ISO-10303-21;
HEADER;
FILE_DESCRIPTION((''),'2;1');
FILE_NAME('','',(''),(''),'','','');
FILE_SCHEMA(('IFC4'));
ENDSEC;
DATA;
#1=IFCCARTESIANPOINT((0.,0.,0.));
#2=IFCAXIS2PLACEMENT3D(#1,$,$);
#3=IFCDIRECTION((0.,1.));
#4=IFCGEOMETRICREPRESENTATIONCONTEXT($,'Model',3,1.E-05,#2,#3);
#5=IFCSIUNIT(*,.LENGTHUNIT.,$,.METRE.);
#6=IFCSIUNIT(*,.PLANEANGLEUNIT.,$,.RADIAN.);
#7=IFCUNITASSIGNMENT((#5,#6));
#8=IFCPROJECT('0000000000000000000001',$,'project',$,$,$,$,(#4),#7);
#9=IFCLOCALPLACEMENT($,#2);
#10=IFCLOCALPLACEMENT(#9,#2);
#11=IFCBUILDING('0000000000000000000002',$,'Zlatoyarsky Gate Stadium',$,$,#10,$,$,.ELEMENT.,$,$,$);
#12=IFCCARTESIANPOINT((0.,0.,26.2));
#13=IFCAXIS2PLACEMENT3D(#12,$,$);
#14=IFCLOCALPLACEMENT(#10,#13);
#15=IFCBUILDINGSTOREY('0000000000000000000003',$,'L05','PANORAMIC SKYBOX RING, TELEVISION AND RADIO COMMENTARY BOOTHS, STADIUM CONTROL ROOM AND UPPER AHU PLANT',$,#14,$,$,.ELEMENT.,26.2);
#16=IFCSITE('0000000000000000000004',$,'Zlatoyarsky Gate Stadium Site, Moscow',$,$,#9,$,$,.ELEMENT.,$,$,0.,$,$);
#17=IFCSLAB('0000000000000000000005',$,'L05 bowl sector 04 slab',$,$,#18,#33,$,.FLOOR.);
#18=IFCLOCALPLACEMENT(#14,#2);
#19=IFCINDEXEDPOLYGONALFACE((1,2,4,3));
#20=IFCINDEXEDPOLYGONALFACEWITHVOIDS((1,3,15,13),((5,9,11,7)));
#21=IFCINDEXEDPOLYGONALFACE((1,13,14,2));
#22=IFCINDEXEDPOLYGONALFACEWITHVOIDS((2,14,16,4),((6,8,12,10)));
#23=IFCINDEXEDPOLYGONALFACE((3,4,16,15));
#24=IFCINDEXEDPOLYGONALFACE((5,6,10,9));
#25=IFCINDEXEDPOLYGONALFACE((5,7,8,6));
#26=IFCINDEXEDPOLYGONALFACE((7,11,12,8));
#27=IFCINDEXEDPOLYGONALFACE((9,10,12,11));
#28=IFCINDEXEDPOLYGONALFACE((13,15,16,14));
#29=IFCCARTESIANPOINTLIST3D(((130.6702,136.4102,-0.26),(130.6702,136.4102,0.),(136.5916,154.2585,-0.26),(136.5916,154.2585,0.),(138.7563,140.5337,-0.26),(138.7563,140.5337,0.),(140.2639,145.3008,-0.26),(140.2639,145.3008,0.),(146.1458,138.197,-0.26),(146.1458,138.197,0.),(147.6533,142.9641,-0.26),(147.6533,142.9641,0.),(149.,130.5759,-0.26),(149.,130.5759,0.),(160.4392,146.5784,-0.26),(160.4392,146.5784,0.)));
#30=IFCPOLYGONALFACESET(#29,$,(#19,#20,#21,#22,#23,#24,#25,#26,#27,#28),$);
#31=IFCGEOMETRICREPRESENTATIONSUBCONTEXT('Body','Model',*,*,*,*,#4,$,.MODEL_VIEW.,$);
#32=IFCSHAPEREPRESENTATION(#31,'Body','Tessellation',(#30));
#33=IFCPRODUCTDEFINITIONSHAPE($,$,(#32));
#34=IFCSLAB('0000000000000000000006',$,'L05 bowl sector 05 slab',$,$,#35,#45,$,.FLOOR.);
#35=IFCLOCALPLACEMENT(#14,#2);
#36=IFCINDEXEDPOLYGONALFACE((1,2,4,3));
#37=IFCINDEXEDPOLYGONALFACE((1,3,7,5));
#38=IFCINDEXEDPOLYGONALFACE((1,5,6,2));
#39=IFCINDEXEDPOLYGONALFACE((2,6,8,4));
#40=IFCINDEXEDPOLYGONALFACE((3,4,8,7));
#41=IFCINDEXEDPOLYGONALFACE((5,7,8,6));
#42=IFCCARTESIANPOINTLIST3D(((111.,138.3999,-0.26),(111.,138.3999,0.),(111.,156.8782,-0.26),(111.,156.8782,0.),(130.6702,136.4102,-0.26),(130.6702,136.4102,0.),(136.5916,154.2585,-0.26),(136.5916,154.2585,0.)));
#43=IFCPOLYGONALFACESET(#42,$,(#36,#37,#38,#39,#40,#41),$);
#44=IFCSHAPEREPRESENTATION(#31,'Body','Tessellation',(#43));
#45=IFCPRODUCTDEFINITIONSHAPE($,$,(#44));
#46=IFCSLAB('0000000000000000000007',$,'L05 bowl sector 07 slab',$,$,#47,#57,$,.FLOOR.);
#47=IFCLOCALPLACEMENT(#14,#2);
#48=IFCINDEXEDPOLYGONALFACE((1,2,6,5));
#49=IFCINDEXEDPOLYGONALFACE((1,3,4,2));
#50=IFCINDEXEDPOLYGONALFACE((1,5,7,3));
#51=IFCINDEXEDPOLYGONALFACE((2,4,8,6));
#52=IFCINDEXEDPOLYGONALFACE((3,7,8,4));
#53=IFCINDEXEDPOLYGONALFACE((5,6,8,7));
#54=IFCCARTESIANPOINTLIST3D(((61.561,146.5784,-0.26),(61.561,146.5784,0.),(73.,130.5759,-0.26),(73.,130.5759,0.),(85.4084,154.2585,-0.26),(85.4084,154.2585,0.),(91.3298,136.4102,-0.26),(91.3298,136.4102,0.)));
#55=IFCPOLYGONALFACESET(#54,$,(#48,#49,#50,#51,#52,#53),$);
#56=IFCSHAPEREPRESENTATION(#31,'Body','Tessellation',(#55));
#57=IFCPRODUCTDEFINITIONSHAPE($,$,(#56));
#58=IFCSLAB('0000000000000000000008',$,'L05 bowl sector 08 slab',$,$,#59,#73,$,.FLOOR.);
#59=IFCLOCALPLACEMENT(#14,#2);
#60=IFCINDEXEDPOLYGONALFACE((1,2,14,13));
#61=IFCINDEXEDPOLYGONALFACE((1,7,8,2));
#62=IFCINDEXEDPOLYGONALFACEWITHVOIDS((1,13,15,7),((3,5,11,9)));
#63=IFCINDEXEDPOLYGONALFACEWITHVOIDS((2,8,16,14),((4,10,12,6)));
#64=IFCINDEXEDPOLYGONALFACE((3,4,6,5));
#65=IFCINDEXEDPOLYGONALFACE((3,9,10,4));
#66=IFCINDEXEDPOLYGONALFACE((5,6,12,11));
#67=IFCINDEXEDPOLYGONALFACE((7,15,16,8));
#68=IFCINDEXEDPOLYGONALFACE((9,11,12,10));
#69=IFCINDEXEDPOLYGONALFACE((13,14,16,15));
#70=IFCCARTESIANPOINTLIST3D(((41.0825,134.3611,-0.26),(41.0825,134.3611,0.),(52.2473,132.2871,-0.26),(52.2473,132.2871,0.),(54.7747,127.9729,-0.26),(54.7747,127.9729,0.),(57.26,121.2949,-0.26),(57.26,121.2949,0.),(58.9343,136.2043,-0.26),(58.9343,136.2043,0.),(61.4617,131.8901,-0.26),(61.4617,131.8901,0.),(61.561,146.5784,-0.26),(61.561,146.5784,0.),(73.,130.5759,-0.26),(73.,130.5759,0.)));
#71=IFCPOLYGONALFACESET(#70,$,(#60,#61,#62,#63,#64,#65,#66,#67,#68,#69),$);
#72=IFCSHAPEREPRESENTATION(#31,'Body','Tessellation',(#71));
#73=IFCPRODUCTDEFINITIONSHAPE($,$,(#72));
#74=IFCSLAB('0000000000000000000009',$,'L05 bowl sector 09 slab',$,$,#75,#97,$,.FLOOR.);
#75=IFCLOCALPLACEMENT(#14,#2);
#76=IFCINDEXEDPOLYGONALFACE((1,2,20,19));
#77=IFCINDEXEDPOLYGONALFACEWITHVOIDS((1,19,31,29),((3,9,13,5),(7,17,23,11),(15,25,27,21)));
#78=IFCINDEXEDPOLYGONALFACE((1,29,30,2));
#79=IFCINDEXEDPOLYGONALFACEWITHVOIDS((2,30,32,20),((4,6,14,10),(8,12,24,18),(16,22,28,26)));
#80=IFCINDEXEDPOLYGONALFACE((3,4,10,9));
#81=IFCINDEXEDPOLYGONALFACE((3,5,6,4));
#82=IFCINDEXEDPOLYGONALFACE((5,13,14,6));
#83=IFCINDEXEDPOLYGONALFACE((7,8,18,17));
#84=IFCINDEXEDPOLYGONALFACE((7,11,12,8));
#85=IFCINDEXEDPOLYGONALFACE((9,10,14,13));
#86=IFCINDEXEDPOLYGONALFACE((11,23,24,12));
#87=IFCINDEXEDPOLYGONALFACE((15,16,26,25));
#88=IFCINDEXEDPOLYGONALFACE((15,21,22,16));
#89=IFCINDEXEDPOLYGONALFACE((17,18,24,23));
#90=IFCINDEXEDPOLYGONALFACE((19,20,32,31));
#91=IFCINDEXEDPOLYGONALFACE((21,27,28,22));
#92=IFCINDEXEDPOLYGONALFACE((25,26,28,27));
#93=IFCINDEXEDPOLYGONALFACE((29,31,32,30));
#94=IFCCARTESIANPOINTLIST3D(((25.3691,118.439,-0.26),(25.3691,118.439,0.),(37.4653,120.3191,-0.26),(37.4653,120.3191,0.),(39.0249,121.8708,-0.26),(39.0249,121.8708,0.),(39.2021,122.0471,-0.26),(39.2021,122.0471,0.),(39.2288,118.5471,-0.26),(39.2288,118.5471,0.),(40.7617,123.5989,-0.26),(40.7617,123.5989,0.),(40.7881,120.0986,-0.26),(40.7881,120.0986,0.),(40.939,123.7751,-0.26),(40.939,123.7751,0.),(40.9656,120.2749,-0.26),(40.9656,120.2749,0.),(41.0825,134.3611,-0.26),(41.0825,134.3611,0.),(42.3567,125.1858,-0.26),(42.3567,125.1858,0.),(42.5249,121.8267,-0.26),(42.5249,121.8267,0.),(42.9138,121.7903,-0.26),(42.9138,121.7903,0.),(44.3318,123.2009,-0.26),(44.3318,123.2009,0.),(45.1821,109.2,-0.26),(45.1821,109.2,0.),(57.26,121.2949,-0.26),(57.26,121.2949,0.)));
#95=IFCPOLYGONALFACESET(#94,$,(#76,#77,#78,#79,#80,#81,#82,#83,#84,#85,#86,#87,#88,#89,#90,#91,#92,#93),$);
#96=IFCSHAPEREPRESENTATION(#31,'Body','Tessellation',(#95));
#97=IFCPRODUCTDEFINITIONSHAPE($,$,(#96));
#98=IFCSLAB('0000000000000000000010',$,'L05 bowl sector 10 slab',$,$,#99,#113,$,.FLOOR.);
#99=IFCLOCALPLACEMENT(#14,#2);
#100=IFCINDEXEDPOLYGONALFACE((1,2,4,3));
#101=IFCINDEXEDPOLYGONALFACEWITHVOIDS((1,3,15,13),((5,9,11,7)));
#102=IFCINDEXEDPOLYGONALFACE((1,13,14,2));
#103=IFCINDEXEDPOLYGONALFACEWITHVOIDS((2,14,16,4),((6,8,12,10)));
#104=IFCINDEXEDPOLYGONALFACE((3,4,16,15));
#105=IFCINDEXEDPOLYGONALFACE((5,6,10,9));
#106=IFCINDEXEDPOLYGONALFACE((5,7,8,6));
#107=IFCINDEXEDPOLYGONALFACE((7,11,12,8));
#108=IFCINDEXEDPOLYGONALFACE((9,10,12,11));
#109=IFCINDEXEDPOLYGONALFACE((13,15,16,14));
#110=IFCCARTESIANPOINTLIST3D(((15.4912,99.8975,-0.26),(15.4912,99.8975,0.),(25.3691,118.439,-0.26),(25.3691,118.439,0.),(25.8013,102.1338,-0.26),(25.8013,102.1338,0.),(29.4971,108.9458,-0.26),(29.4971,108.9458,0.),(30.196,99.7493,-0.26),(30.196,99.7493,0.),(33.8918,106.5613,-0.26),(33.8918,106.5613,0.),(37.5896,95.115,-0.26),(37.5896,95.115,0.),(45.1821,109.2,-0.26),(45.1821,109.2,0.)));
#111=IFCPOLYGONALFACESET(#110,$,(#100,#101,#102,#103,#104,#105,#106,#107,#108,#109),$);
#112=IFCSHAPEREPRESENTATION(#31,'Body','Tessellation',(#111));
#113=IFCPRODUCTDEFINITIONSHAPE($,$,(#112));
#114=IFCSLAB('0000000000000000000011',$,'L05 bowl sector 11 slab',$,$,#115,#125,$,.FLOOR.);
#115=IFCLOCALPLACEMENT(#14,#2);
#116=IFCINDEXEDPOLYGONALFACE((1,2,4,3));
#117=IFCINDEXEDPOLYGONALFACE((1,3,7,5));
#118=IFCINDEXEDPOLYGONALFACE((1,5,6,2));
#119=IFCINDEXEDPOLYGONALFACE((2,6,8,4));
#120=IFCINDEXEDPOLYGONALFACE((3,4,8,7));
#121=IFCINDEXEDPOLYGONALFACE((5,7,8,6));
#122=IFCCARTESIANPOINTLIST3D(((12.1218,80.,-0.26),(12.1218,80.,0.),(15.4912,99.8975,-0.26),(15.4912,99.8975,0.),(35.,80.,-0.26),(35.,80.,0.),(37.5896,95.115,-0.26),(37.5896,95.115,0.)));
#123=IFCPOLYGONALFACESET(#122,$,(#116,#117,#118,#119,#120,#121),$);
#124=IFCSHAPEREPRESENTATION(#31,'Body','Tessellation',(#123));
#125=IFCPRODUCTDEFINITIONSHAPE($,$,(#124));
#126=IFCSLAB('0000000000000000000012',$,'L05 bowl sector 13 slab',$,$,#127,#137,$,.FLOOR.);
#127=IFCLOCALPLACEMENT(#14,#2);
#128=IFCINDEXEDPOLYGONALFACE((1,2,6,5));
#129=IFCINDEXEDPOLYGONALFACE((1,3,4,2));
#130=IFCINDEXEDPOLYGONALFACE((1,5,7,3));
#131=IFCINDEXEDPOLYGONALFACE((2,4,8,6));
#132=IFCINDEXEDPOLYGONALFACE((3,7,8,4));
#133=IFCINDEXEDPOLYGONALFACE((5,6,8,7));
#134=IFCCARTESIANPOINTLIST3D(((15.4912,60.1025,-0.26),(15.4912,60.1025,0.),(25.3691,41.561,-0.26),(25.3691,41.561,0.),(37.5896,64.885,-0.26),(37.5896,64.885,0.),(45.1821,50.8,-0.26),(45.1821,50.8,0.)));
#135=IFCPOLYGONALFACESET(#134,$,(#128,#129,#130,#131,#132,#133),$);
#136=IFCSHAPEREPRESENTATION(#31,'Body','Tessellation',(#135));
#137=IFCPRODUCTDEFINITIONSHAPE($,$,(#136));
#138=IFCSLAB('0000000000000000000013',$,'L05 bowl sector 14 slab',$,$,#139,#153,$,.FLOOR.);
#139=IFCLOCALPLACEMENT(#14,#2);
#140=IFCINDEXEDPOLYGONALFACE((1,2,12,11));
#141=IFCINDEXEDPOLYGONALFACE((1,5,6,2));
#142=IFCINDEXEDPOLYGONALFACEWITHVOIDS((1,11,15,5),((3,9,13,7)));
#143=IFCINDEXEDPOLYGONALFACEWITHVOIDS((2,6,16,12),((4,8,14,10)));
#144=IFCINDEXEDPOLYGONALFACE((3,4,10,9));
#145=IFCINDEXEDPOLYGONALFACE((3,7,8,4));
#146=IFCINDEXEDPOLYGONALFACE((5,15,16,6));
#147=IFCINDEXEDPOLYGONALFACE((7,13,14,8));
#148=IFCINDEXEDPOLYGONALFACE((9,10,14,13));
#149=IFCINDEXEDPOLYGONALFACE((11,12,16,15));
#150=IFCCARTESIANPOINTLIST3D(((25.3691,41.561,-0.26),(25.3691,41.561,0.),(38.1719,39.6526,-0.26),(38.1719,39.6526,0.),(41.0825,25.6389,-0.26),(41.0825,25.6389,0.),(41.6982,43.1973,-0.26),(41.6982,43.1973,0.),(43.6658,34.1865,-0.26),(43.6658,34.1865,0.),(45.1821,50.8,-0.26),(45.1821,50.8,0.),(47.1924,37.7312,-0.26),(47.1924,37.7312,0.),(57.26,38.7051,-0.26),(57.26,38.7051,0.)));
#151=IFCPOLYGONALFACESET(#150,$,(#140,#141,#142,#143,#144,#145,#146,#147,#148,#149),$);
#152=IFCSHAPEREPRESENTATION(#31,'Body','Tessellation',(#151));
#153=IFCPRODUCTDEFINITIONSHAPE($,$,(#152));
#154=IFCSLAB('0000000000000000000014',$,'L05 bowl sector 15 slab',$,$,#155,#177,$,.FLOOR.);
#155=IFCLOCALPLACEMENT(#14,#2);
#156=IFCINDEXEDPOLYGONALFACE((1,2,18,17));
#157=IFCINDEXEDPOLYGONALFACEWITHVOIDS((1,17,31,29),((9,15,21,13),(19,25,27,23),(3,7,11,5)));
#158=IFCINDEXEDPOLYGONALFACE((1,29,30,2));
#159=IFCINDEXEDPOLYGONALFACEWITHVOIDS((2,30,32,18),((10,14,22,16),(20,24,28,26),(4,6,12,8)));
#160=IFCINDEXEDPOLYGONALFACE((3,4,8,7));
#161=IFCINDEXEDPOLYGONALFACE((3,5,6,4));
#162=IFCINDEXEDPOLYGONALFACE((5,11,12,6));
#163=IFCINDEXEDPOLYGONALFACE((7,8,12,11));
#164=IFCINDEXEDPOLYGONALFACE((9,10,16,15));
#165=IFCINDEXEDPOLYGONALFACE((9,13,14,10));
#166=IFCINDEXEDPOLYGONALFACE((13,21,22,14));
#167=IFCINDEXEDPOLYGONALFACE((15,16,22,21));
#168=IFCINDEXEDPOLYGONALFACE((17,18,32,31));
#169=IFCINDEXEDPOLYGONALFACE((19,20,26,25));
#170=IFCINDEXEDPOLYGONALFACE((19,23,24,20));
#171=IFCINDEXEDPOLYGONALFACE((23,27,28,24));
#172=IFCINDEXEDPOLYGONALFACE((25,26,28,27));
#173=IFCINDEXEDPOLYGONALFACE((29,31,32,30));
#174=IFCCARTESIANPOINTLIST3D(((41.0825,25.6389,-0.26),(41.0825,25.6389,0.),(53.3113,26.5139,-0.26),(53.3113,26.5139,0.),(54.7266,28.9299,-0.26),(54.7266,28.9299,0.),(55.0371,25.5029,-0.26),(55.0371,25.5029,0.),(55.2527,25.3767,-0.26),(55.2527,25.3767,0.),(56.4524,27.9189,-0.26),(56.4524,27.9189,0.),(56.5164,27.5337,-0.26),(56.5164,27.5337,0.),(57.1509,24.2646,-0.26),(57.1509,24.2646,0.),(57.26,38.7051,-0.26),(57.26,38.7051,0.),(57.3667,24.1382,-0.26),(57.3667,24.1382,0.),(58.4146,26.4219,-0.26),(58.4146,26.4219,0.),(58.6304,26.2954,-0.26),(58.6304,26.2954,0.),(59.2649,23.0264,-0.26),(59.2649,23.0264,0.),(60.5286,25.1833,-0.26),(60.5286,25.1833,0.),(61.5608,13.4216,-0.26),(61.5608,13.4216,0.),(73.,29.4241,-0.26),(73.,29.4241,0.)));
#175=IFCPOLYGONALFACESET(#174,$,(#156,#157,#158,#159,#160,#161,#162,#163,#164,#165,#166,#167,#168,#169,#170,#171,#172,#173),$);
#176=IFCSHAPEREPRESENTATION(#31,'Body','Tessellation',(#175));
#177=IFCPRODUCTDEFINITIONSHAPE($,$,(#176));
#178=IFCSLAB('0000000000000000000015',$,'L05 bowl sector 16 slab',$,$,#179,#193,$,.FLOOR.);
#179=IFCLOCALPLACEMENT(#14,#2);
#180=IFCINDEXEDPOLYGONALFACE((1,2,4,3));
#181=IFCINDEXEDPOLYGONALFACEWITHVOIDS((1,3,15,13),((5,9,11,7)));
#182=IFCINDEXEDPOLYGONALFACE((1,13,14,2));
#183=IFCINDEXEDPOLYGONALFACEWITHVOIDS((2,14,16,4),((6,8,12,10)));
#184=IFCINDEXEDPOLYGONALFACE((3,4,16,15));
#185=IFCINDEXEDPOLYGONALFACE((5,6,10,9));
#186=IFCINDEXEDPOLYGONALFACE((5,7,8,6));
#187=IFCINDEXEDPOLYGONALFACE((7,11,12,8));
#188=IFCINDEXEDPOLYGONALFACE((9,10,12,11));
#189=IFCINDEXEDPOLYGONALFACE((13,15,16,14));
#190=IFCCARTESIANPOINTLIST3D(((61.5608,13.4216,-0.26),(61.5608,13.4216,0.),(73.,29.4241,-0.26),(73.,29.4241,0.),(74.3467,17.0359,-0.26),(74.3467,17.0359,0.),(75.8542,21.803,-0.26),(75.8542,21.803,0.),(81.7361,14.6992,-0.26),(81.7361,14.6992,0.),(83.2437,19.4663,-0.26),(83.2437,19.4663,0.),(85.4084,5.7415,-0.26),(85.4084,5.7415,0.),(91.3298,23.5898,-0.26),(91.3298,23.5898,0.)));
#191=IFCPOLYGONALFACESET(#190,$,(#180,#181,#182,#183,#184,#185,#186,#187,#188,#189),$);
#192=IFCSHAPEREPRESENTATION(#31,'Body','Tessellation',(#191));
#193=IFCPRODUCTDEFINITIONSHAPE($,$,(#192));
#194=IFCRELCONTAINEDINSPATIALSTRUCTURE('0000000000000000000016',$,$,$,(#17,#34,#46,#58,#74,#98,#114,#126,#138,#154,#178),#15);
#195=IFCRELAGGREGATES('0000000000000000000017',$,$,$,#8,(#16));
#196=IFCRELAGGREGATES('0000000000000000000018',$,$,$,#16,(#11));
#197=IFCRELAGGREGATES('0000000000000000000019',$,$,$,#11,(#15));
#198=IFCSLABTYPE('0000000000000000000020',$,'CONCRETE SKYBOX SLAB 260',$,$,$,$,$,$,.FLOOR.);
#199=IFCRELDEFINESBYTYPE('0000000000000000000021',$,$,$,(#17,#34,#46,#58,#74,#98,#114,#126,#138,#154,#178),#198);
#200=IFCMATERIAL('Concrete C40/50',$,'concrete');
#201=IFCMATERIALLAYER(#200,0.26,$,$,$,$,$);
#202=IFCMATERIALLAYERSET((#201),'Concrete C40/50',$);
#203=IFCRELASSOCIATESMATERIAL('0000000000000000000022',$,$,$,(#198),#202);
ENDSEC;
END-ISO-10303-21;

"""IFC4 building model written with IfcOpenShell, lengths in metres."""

from ifc_helpers import new_model, si_unit, direction, frame, origin, place, context, subcontext, project, spatial, polyline, outline, extrude, material, layer, layer_set, type_object, element, save


model = new_model("IFC4")

# Units and contexts
model_context = context("Model", 3, precision=1e-05, world=origin(), true_north=direction((0.0, 1.0)))
body_context = subcontext(model_context, "Body", "Model", "MODEL_VIEW")
ifc_project = project(units=[si_unit("LENGTHUNIT", "METRE"), si_unit("PLANEANGLEUNIT", "RADIAN")], contexts=[model_context])

# Site, building, storey
site_placement = place(None, origin())
site = spatial("IfcSite", under=ifc_project, at=site_placement, Name="Zlatoyarsky Gate Stadium Site, Moscow", CompositionType="ELEMENT", RefElevation=0.0)
building_placement = place(site_placement, origin())
building = spatial("IfcBuilding", under=site, at=building_placement, Name="Zlatoyarsky Gate Stadium", CompositionType="ELEMENT")
storey_placement = place(building_placement, frame((0.0, 0.0, 26.2)))
storey = spatial("IfcBuildingStorey", under=building, at=storey_placement, Name="L05", Description="PANORAMIC SKYBOX RING, TELEVISION AND RADIO COMMENTARY BOOTHS, STADIUM CONTROL ROOM AND UPPER AHU PLANT", CompositionType="ELEMENT", Elevation=26.2)

# Shared definitions
ifc_material_1 = material(Name="Concrete C40/50", Category="concrete")

# Slabs
ifc_layer_1 = layer(ifc_material_1, 0.26)
ifc_layer_set_1 = layer_set([ifc_layer_1], Name="Concrete C40/50")
slab_type_1 = type_object("IfcSlabType", Name="CONCRETE SKYBOX SLAB 260", PredefinedType="FLOOR", material=ifc_layer_set_1)
slab_1_placement = place(storey_placement, frame((0.0, 0.0, -0.26)))
element("IfcSlab", 1, at=slab_1_placement, inside=storey, type_object=slab_type_1, Name="L05 bowl sector 04 slab", PredefinedType="FLOOR", context=body_context, shape_type="SweptSolid", body=[
    extrude(outline(polyline([(130.6702, 136.4102), (136.5916, 154.2585), (160.4392, 146.5784), (149.0, 130.5759), (130.6702, 136.4102)]), holes=[polyline([(147.6533, 142.9641), (140.2639, 145.3008), (138.7563, 140.5337), (146.1458, 138.197), (147.6533, 142.9641)])]), origin(), (0.0, 0.0, 1.0), 0.26),
])
slab_2_placement = place(storey_placement, frame((0.0, 0.0, -0.26)))
element("IfcSlab", 2, at=slab_2_placement, inside=storey, type_object=slab_type_1, Name="L05 bowl sector 05 slab", PredefinedType="FLOOR", context=body_context, shape_type="SweptSolid", body=[
    extrude(outline(polyline([(111.0, 138.3999), (111.0, 156.8782), (136.5916, 154.2585), (130.6702, 136.4102), (111.0, 138.3999)])), origin(), (0.0, 0.0, 1.0), 0.26),
])
slab_3_placement = place(storey_placement, frame((0.0, 0.0, -0.26)))
element("IfcSlab", 3, at=slab_3_placement, inside=storey, type_object=slab_type_1, Name="L05 bowl sector 07 slab", PredefinedType="FLOOR", context=body_context, shape_type="SweptSolid", body=[
    extrude(outline(polyline([(73.0, 130.5759), (61.561, 146.5784), (85.4084, 154.2585), (91.3298, 136.4102), (73.0, 130.5759)])), origin(), (0.0, 0.0, 1.0), 0.26),
])
slab_4_placement = place(storey_placement, frame((0.0, 0.0, -0.26)))
element("IfcSlab", 4, at=slab_4_placement, inside=storey, type_object=slab_type_1, Name="L05 bowl sector 08 slab", PredefinedType="FLOOR", context=body_context, shape_type="SweptSolid", body=[
    extrude(outline(polyline([(57.26, 121.2949), (41.0825, 134.3611), (61.561, 146.5784), (73.0, 130.5759), (57.26, 121.2949)]), holes=[polyline([(58.9343, 136.2043), (52.2473, 132.2871), (54.7747, 127.9729), (61.4617, 131.8901), (58.9343, 136.2043)])]), origin(), (0.0, 0.0, 1.0), 0.26),
])
slab_5_placement = place(storey_placement, frame((0.0, 0.0, -0.26)))
element("IfcSlab", 5, at=slab_5_placement, inside=storey, type_object=slab_type_1, Name="L05 bowl sector 09 slab", PredefinedType="FLOOR", context=body_context, shape_type="SweptSolid", body=[
    extrude(outline(polyline([(45.1821, 109.2), (25.3691, 118.439), (41.0825, 134.3611), (57.26, 121.2949), (45.1821, 109.2)]), holes=[polyline([(37.4653, 120.3191), (39.2288, 118.5471), (40.7881, 120.0986), (39.0249, 121.8708), (37.4653, 120.3191)]), polyline([(39.2021, 122.0471), (40.9656, 120.2749), (42.5249, 121.8267), (40.7617, 123.5989), (39.2021, 122.0471)]), polyline([(42.3567, 125.1858), (40.939, 123.7751), (42.9138, 121.7903), (44.3318, 123.2009), (42.3567, 125.1858)])]), origin(), (0.0, 0.0, 1.0), 0.26),
])
slab_6_placement = place(storey_placement, frame((0.0, 0.0, -0.26)))
element("IfcSlab", 6, at=slab_6_placement, inside=storey, type_object=slab_type_1, Name="L05 bowl sector 10 slab", PredefinedType="FLOOR", context=body_context, shape_type="SweptSolid", body=[
    extrude(outline(polyline([(37.5896, 95.115), (15.4912, 99.8975), (25.3691, 118.439), (45.1821, 109.2), (37.5896, 95.115)]), holes=[polyline([(25.8013, 102.1338), (30.196, 99.7493), (33.8918, 106.5613), (29.4971, 108.9458), (25.8013, 102.1338)])]), origin(), (0.0, 0.0, 1.0), 0.26),
])
slab_7_placement = place(storey_placement, frame((0.0, 0.0, -0.26)))
element("IfcSlab", 7, at=slab_7_placement, inside=storey, type_object=slab_type_1, Name="L05 bowl sector 11 slab", PredefinedType="FLOOR", context=body_context, shape_type="SweptSolid", body=[
    extrude(outline(polyline([(35.0, 80.0), (12.1218, 80.0), (15.4912, 99.8975), (37.5896, 95.115), (35.0, 80.0)])), origin(), (0.0, 0.0, 1.0), 0.26),
])
slab_8_placement = place(storey_placement, frame((0.0, 0.0, -0.26)))
element("IfcSlab", 8, at=slab_8_placement, inside=storey, type_object=slab_type_1, Name="L05 bowl sector 13 slab", PredefinedType="FLOOR", context=body_context, shape_type="SweptSolid", body=[
    extrude(outline(polyline([(45.1821, 50.8), (25.3691, 41.561), (15.4912, 60.1025), (37.5896, 64.885), (45.1821, 50.8)])), origin(), (0.0, 0.0, 1.0), 0.26),
])
slab_9_placement = place(storey_placement, frame((0.0, 0.0, -0.26)))
element("IfcSlab", 9, at=slab_9_placement, inside=storey, type_object=slab_type_1, Name="L05 bowl sector 14 slab", PredefinedType="FLOOR", context=body_context, shape_type="SweptSolid", body=[
    extrude(outline(polyline([(57.26, 38.7051), (41.0825, 25.6389), (25.3691, 41.561), (45.1821, 50.8), (57.26, 38.7051)]), holes=[polyline([(38.1719, 39.6526), (43.6658, 34.1865), (47.1924, 37.7312), (41.6982, 43.1973), (38.1719, 39.6526)])]), origin(), (0.0, 0.0, 1.0), 0.26),
])
slab_10_placement = place(storey_placement, frame((0.0, 0.0, -0.26)))
element("IfcSlab", 10, at=slab_10_placement, inside=storey, type_object=slab_type_1, Name="L05 bowl sector 15 slab", PredefinedType="FLOOR", context=body_context, shape_type="SweptSolid", body=[
    extrude(outline(polyline([(73.0, 29.4241), (61.5608, 13.4216), (41.0825, 25.6389), (57.26, 38.7051), (73.0, 29.4241)]), holes=[polyline([(59.2649, 23.0264), (60.5286, 25.1833), (58.6304, 26.2954), (57.3667, 24.1382), (59.2649, 23.0264)]), polyline([(57.1509, 24.2646), (58.4146, 26.4219), (56.5164, 27.5337), (55.2527, 25.3767), (57.1509, 24.2646)]), polyline([(53.3113, 26.5139), (55.0371, 25.5029), (56.4524, 27.9189), (54.7266, 28.9299), (53.3113, 26.5139)])]), origin(), (0.0, 0.0, 1.0), 0.26),
])
slab_11_placement = place(storey_placement, frame((0.0, 0.0, -0.26)))
element("IfcSlab", 11, at=slab_11_placement, inside=storey, type_object=slab_type_1, Name="L05 bowl sector 16 slab", PredefinedType="FLOOR", context=body_context, shape_type="SweptSolid", body=[
    extrude(outline(polyline([(91.3298, 23.5898), (85.4084, 5.7415), (61.5608, 13.4216), (73.0, 29.4241), (91.3298, 23.5898)]), holes=[polyline([(81.7361, 14.6992), (83.2437, 19.4663), (75.8542, 21.803), (74.3467, 17.0359), (81.7361, 14.6992)])]), origin(), (0.0, 0.0, 1.0), 0.26),
])

save(model, "model.ifc")
